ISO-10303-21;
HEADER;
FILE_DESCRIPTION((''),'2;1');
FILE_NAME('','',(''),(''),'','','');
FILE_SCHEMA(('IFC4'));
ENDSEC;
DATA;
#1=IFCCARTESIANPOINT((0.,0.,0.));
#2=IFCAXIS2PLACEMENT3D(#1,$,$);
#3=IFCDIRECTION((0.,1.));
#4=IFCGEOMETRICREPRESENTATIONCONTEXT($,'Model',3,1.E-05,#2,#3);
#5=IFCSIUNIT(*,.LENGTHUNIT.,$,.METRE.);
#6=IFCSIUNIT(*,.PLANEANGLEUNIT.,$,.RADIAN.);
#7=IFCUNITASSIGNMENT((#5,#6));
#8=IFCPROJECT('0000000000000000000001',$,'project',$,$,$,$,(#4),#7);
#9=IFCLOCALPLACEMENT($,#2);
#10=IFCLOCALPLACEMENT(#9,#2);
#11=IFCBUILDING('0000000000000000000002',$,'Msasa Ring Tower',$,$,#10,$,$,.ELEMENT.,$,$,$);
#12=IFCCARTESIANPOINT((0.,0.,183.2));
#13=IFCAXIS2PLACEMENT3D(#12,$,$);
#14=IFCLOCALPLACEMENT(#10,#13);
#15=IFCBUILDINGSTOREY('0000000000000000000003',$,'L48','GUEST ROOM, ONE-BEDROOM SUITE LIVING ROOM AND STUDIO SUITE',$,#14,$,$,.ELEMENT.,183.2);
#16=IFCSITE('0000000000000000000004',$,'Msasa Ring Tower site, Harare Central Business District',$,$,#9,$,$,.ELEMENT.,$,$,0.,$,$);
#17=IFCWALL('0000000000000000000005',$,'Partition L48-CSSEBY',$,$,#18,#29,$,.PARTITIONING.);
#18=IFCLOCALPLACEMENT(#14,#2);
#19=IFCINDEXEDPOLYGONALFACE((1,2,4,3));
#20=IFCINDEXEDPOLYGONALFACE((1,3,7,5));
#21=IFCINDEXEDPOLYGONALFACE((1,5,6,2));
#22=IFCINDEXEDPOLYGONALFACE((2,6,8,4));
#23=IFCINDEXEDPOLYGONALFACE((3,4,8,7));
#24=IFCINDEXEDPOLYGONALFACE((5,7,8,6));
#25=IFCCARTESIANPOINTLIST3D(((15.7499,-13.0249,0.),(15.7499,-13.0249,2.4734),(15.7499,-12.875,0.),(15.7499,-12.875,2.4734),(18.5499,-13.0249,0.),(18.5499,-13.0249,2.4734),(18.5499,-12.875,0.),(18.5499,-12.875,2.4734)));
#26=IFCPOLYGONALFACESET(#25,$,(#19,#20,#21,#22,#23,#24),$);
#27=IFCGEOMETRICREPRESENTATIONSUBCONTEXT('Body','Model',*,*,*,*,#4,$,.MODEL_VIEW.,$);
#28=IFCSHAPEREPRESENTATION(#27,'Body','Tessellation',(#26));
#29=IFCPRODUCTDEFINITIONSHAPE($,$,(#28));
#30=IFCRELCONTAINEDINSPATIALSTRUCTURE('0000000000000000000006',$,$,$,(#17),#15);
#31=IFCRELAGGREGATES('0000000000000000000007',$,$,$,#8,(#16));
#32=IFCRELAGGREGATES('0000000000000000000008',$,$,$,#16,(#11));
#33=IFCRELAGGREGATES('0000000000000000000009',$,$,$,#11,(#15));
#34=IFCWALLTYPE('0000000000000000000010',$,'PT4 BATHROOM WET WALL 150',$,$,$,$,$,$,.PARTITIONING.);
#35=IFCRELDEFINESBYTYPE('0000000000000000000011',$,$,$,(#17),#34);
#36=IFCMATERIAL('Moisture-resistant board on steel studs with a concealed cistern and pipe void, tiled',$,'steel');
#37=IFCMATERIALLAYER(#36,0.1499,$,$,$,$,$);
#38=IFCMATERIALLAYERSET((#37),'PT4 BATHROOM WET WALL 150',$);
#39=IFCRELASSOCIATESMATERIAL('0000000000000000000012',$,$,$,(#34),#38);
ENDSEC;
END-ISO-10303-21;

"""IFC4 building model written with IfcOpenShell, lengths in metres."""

from ifc_helpers import new_model, si_unit, direction, frame, frame_2d, origin, place, context, subcontext, project, spatial, rectangle, extrude, material, layer, layer_set, type_object, element, save


model = new_model("IFC4")

# Units and contexts
model_context = context("Model", 3, precision=1e-05, world=origin(), true_north=direction((0.0, 1.0)))
body_context = subcontext(model_context, "Body", "Model", "MODEL_VIEW")
ifc_project = project(units=[si_unit("LENGTHUNIT", "METRE"), si_unit("PLANEANGLEUNIT", "RADIAN")], contexts=[model_context])

# Site, building, storey
site_placement = place(None, origin())
site = spatial("IfcSite", under=ifc_project, at=site_placement, Name="Msasa Ring Tower site, Harare Central Business District", CompositionType="ELEMENT", RefElevation=0.0)
building_placement = place(site_placement, origin())
building = spatial("IfcBuilding", under=site, at=building_placement, Name="Msasa Ring Tower", CompositionType="ELEMENT")
storey_placement = place(building_placement, frame((0.0, 0.0, 183.2)))
storey = spatial("IfcBuildingStorey", under=building, at=storey_placement, Name="L48", Description="GUEST ROOM, ONE-BEDROOM SUITE LIVING ROOM AND STUDIO SUITE", CompositionType="ELEMENT", Elevation=183.2)

# Wall
ifc_material_1 = material(Name="Moisture-resistant board on steel studs with a concealed cistern and pipe void, tiled", Category="steel")
ifc_layer_1 = layer(ifc_material_1, 0.1499)
ifc_layer_set_1 = layer_set([ifc_layer_1], Name="PT4 BATHROOM WET WALL 150")
wall_type_1 = type_object("IfcWallType", Name="PT4 BATHROOM WET WALL 150", PredefinedType="PARTITIONING", material=ifc_layer_set_1)
for number, where, z_axis, x_axis, name in (
    (1, (15.75, -12.95, 0.0), (0.0, 0.0, 1.0), (1.0, 0.0, 0.0), "Partition L48-CSSEBY"),
):
    element("IfcWall", number, at=place(storey_placement, frame(where, z_axis=z_axis, x_axis=x_axis)), inside=storey, type_object=wall_type_1, Name=name, PredefinedType="PARTITIONING", context=body_context, shape_type="SweptSolid", body=[
        extrude(rectangle(XDim=2.8, YDim=0.1499, at=frame_2d((1.3999, 0.0))), origin(), (0.0, 0.0, 1.0), 2.4734),
    ])

save(model, "model.ifc")
